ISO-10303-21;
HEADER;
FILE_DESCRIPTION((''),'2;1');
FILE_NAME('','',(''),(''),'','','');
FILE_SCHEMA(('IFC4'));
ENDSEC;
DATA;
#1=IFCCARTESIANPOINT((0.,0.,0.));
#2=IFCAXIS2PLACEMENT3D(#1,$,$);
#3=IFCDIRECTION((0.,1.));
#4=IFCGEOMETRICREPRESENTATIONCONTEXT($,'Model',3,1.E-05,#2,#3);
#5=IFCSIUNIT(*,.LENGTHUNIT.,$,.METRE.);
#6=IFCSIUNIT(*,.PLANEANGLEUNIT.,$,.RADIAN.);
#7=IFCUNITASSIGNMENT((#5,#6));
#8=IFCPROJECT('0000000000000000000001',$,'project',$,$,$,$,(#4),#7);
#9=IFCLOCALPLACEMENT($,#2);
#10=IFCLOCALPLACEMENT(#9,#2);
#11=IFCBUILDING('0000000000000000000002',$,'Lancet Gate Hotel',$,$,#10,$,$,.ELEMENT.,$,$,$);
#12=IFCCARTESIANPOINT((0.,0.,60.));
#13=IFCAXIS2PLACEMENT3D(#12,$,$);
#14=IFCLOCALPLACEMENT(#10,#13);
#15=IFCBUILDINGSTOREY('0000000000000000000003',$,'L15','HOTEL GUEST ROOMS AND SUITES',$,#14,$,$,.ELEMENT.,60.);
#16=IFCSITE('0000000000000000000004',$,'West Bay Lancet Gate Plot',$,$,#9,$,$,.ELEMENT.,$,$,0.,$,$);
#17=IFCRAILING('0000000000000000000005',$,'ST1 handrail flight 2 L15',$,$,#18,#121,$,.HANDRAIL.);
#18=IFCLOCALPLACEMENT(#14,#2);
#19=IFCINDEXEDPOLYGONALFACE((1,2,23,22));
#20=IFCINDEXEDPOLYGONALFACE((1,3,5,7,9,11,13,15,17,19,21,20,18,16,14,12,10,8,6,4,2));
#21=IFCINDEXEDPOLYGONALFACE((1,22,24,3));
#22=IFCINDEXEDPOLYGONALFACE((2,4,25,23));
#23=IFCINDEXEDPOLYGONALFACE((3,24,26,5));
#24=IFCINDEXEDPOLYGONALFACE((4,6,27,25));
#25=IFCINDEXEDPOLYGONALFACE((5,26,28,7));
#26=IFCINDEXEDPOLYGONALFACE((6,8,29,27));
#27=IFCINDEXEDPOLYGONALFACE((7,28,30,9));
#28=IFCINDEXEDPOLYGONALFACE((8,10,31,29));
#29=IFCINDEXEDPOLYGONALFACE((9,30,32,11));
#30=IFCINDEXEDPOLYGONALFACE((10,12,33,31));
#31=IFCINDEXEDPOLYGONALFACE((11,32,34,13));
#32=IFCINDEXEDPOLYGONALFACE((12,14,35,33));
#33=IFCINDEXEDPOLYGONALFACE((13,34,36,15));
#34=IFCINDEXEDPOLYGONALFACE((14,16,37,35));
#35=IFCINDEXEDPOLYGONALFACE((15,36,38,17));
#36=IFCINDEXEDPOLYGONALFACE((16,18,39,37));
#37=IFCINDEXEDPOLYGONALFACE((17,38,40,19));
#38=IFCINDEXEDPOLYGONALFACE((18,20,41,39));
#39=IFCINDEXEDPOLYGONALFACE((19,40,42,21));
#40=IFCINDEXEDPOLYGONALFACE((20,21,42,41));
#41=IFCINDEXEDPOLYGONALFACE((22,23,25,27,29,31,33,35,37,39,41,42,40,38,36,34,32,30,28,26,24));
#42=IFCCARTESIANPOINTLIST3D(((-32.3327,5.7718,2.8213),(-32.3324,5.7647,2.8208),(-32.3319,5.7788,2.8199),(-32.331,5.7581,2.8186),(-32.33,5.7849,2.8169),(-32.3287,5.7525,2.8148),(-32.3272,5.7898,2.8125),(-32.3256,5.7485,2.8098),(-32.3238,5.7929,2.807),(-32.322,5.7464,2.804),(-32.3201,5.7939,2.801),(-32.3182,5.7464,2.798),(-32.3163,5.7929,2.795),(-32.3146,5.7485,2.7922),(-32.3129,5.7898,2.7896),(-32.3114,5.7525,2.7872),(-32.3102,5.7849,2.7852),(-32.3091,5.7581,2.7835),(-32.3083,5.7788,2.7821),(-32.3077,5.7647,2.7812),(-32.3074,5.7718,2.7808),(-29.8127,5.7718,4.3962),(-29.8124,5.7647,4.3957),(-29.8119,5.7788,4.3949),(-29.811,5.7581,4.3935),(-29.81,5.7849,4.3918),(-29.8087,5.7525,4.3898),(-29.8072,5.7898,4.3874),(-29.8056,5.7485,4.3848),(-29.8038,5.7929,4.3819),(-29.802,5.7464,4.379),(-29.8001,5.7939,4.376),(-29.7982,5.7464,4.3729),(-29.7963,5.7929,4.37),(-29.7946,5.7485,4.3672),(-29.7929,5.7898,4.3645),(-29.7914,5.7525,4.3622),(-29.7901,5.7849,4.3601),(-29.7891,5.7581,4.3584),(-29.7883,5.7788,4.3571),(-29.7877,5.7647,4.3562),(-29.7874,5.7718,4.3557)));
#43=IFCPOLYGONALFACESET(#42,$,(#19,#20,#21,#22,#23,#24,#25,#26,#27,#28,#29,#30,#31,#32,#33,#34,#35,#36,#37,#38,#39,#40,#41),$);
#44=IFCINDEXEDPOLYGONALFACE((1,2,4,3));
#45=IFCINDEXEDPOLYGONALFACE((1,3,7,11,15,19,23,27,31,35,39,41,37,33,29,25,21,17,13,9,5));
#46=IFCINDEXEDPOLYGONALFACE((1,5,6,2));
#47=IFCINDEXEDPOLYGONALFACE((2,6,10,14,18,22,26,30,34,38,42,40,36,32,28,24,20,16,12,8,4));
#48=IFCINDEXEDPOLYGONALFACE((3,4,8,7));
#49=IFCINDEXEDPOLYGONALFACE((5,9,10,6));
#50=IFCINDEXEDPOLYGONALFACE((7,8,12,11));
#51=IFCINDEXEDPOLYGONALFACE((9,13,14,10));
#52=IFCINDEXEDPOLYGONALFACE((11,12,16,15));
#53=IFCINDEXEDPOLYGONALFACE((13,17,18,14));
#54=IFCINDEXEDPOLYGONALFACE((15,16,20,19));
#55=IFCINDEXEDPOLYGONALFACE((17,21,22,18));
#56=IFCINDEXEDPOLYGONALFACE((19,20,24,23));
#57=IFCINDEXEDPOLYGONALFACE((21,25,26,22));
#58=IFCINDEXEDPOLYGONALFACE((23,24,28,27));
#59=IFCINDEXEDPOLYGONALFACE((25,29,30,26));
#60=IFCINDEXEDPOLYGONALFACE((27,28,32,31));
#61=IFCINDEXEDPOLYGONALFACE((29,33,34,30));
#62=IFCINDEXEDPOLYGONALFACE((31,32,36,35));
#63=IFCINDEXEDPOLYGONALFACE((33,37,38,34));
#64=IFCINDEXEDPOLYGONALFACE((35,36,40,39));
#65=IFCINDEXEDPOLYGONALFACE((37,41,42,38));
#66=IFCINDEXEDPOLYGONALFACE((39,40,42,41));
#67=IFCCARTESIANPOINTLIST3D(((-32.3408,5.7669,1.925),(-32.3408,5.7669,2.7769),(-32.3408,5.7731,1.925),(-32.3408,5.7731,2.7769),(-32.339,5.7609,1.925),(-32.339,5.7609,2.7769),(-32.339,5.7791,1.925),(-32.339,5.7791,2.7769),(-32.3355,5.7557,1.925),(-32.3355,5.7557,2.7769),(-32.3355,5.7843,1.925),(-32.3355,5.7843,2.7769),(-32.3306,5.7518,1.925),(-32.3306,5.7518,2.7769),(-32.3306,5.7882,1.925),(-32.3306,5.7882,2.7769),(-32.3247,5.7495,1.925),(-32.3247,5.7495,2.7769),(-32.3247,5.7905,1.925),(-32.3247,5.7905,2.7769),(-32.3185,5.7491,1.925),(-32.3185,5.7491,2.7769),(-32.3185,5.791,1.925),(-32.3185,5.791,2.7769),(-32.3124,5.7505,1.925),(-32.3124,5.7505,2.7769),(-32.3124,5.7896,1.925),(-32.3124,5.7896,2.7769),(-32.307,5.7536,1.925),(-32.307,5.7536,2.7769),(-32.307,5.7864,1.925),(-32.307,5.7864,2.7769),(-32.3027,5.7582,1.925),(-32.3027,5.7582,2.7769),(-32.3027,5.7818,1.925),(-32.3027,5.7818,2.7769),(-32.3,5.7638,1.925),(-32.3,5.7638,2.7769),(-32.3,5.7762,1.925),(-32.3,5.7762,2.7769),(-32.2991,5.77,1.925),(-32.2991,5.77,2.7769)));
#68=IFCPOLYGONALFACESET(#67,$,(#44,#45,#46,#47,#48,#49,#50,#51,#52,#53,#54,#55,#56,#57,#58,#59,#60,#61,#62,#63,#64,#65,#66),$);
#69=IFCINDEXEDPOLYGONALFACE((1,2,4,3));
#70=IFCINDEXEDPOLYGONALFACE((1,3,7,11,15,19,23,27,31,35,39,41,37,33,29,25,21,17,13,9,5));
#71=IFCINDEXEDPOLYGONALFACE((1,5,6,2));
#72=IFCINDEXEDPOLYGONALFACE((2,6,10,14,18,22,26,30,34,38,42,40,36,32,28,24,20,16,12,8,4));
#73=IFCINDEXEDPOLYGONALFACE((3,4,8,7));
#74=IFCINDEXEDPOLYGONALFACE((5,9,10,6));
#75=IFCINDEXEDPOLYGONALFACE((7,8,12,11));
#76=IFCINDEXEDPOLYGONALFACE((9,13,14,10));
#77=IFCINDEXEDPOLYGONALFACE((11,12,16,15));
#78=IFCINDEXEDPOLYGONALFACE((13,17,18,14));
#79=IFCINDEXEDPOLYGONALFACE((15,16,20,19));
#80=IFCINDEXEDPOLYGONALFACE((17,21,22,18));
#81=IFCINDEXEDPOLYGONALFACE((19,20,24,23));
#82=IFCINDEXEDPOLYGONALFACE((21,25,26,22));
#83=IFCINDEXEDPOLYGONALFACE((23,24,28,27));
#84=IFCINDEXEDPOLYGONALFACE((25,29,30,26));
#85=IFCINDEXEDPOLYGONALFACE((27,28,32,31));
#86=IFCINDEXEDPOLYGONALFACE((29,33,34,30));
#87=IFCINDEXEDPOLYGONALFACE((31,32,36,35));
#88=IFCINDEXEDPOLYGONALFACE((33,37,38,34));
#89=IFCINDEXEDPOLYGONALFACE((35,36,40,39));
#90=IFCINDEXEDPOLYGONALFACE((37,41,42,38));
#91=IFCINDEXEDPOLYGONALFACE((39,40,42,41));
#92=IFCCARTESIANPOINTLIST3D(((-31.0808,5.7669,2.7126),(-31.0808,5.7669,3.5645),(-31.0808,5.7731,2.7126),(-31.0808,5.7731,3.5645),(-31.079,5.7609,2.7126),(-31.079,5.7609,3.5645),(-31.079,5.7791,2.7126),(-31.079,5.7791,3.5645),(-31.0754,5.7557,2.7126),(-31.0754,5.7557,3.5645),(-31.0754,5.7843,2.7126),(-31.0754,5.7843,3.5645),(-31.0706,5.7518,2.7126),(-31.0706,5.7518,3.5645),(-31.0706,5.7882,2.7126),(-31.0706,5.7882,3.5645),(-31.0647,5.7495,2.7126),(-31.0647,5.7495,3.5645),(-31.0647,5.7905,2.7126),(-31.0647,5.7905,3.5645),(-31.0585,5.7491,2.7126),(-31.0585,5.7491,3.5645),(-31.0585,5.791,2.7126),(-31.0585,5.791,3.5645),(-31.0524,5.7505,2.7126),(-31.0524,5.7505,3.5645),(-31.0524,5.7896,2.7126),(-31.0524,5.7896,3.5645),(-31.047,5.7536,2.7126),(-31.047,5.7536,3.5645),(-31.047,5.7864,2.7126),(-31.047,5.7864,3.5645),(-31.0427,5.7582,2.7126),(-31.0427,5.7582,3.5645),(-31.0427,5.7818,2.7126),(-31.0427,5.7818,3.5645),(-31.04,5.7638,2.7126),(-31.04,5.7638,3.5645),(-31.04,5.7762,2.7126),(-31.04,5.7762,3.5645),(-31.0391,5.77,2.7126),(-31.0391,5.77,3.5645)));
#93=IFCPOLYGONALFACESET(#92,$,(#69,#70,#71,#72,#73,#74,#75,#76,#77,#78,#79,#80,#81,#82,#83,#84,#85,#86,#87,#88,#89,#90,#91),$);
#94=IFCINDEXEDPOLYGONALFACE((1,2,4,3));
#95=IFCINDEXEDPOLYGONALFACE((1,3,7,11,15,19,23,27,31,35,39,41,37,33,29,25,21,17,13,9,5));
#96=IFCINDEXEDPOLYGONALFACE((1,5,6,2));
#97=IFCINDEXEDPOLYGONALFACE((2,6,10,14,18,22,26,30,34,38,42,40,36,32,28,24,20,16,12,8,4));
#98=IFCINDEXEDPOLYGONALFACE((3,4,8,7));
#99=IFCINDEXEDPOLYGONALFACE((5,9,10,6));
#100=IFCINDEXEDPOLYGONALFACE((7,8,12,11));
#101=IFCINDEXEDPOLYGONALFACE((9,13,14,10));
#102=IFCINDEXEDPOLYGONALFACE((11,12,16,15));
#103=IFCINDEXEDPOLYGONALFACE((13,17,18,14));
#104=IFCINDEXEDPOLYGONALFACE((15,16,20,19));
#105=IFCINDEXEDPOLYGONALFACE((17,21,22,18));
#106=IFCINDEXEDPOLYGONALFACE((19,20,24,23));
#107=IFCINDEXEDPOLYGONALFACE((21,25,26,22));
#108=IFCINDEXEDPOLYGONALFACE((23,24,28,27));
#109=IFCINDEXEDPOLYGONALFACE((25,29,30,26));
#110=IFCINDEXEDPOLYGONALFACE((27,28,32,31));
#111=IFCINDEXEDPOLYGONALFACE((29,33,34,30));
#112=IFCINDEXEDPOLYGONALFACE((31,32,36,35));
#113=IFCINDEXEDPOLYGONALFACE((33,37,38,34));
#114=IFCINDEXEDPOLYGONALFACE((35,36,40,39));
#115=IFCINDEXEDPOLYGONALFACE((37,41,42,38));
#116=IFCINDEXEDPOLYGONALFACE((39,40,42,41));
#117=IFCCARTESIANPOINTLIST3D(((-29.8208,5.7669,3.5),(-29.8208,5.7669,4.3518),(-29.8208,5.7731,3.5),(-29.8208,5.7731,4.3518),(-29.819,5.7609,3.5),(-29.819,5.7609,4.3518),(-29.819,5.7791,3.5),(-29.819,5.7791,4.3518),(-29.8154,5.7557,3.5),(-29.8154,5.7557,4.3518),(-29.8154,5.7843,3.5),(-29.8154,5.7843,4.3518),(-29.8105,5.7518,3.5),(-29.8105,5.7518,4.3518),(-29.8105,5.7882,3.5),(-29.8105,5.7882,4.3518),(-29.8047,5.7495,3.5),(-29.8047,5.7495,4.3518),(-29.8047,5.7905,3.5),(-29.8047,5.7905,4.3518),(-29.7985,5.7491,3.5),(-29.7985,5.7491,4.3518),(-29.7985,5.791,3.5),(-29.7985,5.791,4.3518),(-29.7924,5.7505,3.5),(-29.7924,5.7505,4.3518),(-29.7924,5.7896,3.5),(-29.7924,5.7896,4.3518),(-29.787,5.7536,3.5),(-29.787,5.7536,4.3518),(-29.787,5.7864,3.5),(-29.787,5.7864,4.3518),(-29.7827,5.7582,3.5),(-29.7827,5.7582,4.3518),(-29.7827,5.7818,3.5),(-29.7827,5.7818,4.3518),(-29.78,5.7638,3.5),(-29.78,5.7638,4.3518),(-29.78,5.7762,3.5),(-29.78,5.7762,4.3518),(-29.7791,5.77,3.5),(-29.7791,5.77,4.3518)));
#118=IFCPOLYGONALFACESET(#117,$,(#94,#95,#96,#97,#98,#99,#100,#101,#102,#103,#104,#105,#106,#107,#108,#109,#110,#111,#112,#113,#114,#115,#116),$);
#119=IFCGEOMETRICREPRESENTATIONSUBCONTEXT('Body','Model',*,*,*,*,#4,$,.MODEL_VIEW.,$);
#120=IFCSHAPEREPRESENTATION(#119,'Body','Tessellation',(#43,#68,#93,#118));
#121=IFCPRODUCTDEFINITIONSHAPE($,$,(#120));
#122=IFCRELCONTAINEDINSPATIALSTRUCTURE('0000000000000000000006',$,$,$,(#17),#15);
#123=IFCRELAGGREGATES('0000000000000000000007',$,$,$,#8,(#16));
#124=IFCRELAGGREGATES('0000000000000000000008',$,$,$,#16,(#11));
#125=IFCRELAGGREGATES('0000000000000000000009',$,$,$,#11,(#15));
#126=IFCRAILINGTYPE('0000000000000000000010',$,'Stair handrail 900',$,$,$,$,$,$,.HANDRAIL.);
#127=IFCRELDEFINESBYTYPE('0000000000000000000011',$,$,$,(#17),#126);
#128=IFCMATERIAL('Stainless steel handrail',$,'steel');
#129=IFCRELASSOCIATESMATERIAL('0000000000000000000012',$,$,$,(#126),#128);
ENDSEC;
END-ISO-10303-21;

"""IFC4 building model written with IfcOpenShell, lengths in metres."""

from ifc_helpers import new_model, si_unit, direction, frame, origin, origin_2d, place, context, subcontext, project, spatial, circle, extrude, material, type_object, element, save


model = new_model("IFC4")

# Units and contexts
model_context = context("Model", 3, precision=1e-05, world=origin(), true_north=direction((0.0, 1.0)))
body_context = subcontext(model_context, "Body", "Model", "MODEL_VIEW")
ifc_project = project(units=[si_unit("LENGTHUNIT", "METRE"), si_unit("PLANEANGLEUNIT", "RADIAN")], contexts=[model_context])

# Site, building, storey
site_placement = place(None, origin())
site = spatial("IfcSite", under=ifc_project, at=site_placement, Name="West Bay Lancet Gate Plot", CompositionType="ELEMENT", RefElevation=0.0)
building_placement = place(site_placement, origin())
building = spatial("IfcBuilding", under=site, at=building_placement, Name="Lancet Gate Hotel", CompositionType="ELEMENT")
storey_placement = place(building_placement, frame((0.0, 0.0, 60.0)))
storey = spatial("IfcBuildingStorey", under=building, at=storey_placement, Name="L15", Description="HOTEL GUEST ROOMS AND SUITES", CompositionType="ELEMENT", Elevation=60.0)

# Railing
ifc_material_1 = material(Name="Stainless steel handrail", Category="steel")
railing_type = type_object("IfcRailingType", Name="Stair handrail 900", PredefinedType="HANDRAIL", material=ifc_material_1)
railing_1_placement = place(storey_placement, frame((-32.3201, 5.77, 1.925)))
element("IfcRailing", 1, at=railing_1_placement, inside=storey, type_object=railing_type, Name="ST1 handrail flight 2 L15", PredefinedType="HANDRAIL", context=body_context, shape_type="SweptSolid", body=[
    extrude(circle(Radius=0.0239, at=origin_2d()), frame((0.0, 0.0, 0.876), z_axis=(0.848008, 0.0, 0.529984), x_axis=(0.0, 1.0, 0.0)), (0.0, 0.0, 1.0), 2.9717),
    extrude(circle(Radius=0.021, at=origin_2d()), origin(), (0.0, 0.0, 1.0), 0.8518),
    extrude(circle(Radius=0.021, at=origin_2d()), frame((1.26, 0.0, 0.7876)), (0.0, 0.0, 1.0), 0.8518),
    extrude(circle(Radius=0.021, at=origin_2d()), frame((2.52, 0.0, 1.575)), (0.0, 0.0, 1.0), 0.8518),
])

save(model, "model.ifc")
